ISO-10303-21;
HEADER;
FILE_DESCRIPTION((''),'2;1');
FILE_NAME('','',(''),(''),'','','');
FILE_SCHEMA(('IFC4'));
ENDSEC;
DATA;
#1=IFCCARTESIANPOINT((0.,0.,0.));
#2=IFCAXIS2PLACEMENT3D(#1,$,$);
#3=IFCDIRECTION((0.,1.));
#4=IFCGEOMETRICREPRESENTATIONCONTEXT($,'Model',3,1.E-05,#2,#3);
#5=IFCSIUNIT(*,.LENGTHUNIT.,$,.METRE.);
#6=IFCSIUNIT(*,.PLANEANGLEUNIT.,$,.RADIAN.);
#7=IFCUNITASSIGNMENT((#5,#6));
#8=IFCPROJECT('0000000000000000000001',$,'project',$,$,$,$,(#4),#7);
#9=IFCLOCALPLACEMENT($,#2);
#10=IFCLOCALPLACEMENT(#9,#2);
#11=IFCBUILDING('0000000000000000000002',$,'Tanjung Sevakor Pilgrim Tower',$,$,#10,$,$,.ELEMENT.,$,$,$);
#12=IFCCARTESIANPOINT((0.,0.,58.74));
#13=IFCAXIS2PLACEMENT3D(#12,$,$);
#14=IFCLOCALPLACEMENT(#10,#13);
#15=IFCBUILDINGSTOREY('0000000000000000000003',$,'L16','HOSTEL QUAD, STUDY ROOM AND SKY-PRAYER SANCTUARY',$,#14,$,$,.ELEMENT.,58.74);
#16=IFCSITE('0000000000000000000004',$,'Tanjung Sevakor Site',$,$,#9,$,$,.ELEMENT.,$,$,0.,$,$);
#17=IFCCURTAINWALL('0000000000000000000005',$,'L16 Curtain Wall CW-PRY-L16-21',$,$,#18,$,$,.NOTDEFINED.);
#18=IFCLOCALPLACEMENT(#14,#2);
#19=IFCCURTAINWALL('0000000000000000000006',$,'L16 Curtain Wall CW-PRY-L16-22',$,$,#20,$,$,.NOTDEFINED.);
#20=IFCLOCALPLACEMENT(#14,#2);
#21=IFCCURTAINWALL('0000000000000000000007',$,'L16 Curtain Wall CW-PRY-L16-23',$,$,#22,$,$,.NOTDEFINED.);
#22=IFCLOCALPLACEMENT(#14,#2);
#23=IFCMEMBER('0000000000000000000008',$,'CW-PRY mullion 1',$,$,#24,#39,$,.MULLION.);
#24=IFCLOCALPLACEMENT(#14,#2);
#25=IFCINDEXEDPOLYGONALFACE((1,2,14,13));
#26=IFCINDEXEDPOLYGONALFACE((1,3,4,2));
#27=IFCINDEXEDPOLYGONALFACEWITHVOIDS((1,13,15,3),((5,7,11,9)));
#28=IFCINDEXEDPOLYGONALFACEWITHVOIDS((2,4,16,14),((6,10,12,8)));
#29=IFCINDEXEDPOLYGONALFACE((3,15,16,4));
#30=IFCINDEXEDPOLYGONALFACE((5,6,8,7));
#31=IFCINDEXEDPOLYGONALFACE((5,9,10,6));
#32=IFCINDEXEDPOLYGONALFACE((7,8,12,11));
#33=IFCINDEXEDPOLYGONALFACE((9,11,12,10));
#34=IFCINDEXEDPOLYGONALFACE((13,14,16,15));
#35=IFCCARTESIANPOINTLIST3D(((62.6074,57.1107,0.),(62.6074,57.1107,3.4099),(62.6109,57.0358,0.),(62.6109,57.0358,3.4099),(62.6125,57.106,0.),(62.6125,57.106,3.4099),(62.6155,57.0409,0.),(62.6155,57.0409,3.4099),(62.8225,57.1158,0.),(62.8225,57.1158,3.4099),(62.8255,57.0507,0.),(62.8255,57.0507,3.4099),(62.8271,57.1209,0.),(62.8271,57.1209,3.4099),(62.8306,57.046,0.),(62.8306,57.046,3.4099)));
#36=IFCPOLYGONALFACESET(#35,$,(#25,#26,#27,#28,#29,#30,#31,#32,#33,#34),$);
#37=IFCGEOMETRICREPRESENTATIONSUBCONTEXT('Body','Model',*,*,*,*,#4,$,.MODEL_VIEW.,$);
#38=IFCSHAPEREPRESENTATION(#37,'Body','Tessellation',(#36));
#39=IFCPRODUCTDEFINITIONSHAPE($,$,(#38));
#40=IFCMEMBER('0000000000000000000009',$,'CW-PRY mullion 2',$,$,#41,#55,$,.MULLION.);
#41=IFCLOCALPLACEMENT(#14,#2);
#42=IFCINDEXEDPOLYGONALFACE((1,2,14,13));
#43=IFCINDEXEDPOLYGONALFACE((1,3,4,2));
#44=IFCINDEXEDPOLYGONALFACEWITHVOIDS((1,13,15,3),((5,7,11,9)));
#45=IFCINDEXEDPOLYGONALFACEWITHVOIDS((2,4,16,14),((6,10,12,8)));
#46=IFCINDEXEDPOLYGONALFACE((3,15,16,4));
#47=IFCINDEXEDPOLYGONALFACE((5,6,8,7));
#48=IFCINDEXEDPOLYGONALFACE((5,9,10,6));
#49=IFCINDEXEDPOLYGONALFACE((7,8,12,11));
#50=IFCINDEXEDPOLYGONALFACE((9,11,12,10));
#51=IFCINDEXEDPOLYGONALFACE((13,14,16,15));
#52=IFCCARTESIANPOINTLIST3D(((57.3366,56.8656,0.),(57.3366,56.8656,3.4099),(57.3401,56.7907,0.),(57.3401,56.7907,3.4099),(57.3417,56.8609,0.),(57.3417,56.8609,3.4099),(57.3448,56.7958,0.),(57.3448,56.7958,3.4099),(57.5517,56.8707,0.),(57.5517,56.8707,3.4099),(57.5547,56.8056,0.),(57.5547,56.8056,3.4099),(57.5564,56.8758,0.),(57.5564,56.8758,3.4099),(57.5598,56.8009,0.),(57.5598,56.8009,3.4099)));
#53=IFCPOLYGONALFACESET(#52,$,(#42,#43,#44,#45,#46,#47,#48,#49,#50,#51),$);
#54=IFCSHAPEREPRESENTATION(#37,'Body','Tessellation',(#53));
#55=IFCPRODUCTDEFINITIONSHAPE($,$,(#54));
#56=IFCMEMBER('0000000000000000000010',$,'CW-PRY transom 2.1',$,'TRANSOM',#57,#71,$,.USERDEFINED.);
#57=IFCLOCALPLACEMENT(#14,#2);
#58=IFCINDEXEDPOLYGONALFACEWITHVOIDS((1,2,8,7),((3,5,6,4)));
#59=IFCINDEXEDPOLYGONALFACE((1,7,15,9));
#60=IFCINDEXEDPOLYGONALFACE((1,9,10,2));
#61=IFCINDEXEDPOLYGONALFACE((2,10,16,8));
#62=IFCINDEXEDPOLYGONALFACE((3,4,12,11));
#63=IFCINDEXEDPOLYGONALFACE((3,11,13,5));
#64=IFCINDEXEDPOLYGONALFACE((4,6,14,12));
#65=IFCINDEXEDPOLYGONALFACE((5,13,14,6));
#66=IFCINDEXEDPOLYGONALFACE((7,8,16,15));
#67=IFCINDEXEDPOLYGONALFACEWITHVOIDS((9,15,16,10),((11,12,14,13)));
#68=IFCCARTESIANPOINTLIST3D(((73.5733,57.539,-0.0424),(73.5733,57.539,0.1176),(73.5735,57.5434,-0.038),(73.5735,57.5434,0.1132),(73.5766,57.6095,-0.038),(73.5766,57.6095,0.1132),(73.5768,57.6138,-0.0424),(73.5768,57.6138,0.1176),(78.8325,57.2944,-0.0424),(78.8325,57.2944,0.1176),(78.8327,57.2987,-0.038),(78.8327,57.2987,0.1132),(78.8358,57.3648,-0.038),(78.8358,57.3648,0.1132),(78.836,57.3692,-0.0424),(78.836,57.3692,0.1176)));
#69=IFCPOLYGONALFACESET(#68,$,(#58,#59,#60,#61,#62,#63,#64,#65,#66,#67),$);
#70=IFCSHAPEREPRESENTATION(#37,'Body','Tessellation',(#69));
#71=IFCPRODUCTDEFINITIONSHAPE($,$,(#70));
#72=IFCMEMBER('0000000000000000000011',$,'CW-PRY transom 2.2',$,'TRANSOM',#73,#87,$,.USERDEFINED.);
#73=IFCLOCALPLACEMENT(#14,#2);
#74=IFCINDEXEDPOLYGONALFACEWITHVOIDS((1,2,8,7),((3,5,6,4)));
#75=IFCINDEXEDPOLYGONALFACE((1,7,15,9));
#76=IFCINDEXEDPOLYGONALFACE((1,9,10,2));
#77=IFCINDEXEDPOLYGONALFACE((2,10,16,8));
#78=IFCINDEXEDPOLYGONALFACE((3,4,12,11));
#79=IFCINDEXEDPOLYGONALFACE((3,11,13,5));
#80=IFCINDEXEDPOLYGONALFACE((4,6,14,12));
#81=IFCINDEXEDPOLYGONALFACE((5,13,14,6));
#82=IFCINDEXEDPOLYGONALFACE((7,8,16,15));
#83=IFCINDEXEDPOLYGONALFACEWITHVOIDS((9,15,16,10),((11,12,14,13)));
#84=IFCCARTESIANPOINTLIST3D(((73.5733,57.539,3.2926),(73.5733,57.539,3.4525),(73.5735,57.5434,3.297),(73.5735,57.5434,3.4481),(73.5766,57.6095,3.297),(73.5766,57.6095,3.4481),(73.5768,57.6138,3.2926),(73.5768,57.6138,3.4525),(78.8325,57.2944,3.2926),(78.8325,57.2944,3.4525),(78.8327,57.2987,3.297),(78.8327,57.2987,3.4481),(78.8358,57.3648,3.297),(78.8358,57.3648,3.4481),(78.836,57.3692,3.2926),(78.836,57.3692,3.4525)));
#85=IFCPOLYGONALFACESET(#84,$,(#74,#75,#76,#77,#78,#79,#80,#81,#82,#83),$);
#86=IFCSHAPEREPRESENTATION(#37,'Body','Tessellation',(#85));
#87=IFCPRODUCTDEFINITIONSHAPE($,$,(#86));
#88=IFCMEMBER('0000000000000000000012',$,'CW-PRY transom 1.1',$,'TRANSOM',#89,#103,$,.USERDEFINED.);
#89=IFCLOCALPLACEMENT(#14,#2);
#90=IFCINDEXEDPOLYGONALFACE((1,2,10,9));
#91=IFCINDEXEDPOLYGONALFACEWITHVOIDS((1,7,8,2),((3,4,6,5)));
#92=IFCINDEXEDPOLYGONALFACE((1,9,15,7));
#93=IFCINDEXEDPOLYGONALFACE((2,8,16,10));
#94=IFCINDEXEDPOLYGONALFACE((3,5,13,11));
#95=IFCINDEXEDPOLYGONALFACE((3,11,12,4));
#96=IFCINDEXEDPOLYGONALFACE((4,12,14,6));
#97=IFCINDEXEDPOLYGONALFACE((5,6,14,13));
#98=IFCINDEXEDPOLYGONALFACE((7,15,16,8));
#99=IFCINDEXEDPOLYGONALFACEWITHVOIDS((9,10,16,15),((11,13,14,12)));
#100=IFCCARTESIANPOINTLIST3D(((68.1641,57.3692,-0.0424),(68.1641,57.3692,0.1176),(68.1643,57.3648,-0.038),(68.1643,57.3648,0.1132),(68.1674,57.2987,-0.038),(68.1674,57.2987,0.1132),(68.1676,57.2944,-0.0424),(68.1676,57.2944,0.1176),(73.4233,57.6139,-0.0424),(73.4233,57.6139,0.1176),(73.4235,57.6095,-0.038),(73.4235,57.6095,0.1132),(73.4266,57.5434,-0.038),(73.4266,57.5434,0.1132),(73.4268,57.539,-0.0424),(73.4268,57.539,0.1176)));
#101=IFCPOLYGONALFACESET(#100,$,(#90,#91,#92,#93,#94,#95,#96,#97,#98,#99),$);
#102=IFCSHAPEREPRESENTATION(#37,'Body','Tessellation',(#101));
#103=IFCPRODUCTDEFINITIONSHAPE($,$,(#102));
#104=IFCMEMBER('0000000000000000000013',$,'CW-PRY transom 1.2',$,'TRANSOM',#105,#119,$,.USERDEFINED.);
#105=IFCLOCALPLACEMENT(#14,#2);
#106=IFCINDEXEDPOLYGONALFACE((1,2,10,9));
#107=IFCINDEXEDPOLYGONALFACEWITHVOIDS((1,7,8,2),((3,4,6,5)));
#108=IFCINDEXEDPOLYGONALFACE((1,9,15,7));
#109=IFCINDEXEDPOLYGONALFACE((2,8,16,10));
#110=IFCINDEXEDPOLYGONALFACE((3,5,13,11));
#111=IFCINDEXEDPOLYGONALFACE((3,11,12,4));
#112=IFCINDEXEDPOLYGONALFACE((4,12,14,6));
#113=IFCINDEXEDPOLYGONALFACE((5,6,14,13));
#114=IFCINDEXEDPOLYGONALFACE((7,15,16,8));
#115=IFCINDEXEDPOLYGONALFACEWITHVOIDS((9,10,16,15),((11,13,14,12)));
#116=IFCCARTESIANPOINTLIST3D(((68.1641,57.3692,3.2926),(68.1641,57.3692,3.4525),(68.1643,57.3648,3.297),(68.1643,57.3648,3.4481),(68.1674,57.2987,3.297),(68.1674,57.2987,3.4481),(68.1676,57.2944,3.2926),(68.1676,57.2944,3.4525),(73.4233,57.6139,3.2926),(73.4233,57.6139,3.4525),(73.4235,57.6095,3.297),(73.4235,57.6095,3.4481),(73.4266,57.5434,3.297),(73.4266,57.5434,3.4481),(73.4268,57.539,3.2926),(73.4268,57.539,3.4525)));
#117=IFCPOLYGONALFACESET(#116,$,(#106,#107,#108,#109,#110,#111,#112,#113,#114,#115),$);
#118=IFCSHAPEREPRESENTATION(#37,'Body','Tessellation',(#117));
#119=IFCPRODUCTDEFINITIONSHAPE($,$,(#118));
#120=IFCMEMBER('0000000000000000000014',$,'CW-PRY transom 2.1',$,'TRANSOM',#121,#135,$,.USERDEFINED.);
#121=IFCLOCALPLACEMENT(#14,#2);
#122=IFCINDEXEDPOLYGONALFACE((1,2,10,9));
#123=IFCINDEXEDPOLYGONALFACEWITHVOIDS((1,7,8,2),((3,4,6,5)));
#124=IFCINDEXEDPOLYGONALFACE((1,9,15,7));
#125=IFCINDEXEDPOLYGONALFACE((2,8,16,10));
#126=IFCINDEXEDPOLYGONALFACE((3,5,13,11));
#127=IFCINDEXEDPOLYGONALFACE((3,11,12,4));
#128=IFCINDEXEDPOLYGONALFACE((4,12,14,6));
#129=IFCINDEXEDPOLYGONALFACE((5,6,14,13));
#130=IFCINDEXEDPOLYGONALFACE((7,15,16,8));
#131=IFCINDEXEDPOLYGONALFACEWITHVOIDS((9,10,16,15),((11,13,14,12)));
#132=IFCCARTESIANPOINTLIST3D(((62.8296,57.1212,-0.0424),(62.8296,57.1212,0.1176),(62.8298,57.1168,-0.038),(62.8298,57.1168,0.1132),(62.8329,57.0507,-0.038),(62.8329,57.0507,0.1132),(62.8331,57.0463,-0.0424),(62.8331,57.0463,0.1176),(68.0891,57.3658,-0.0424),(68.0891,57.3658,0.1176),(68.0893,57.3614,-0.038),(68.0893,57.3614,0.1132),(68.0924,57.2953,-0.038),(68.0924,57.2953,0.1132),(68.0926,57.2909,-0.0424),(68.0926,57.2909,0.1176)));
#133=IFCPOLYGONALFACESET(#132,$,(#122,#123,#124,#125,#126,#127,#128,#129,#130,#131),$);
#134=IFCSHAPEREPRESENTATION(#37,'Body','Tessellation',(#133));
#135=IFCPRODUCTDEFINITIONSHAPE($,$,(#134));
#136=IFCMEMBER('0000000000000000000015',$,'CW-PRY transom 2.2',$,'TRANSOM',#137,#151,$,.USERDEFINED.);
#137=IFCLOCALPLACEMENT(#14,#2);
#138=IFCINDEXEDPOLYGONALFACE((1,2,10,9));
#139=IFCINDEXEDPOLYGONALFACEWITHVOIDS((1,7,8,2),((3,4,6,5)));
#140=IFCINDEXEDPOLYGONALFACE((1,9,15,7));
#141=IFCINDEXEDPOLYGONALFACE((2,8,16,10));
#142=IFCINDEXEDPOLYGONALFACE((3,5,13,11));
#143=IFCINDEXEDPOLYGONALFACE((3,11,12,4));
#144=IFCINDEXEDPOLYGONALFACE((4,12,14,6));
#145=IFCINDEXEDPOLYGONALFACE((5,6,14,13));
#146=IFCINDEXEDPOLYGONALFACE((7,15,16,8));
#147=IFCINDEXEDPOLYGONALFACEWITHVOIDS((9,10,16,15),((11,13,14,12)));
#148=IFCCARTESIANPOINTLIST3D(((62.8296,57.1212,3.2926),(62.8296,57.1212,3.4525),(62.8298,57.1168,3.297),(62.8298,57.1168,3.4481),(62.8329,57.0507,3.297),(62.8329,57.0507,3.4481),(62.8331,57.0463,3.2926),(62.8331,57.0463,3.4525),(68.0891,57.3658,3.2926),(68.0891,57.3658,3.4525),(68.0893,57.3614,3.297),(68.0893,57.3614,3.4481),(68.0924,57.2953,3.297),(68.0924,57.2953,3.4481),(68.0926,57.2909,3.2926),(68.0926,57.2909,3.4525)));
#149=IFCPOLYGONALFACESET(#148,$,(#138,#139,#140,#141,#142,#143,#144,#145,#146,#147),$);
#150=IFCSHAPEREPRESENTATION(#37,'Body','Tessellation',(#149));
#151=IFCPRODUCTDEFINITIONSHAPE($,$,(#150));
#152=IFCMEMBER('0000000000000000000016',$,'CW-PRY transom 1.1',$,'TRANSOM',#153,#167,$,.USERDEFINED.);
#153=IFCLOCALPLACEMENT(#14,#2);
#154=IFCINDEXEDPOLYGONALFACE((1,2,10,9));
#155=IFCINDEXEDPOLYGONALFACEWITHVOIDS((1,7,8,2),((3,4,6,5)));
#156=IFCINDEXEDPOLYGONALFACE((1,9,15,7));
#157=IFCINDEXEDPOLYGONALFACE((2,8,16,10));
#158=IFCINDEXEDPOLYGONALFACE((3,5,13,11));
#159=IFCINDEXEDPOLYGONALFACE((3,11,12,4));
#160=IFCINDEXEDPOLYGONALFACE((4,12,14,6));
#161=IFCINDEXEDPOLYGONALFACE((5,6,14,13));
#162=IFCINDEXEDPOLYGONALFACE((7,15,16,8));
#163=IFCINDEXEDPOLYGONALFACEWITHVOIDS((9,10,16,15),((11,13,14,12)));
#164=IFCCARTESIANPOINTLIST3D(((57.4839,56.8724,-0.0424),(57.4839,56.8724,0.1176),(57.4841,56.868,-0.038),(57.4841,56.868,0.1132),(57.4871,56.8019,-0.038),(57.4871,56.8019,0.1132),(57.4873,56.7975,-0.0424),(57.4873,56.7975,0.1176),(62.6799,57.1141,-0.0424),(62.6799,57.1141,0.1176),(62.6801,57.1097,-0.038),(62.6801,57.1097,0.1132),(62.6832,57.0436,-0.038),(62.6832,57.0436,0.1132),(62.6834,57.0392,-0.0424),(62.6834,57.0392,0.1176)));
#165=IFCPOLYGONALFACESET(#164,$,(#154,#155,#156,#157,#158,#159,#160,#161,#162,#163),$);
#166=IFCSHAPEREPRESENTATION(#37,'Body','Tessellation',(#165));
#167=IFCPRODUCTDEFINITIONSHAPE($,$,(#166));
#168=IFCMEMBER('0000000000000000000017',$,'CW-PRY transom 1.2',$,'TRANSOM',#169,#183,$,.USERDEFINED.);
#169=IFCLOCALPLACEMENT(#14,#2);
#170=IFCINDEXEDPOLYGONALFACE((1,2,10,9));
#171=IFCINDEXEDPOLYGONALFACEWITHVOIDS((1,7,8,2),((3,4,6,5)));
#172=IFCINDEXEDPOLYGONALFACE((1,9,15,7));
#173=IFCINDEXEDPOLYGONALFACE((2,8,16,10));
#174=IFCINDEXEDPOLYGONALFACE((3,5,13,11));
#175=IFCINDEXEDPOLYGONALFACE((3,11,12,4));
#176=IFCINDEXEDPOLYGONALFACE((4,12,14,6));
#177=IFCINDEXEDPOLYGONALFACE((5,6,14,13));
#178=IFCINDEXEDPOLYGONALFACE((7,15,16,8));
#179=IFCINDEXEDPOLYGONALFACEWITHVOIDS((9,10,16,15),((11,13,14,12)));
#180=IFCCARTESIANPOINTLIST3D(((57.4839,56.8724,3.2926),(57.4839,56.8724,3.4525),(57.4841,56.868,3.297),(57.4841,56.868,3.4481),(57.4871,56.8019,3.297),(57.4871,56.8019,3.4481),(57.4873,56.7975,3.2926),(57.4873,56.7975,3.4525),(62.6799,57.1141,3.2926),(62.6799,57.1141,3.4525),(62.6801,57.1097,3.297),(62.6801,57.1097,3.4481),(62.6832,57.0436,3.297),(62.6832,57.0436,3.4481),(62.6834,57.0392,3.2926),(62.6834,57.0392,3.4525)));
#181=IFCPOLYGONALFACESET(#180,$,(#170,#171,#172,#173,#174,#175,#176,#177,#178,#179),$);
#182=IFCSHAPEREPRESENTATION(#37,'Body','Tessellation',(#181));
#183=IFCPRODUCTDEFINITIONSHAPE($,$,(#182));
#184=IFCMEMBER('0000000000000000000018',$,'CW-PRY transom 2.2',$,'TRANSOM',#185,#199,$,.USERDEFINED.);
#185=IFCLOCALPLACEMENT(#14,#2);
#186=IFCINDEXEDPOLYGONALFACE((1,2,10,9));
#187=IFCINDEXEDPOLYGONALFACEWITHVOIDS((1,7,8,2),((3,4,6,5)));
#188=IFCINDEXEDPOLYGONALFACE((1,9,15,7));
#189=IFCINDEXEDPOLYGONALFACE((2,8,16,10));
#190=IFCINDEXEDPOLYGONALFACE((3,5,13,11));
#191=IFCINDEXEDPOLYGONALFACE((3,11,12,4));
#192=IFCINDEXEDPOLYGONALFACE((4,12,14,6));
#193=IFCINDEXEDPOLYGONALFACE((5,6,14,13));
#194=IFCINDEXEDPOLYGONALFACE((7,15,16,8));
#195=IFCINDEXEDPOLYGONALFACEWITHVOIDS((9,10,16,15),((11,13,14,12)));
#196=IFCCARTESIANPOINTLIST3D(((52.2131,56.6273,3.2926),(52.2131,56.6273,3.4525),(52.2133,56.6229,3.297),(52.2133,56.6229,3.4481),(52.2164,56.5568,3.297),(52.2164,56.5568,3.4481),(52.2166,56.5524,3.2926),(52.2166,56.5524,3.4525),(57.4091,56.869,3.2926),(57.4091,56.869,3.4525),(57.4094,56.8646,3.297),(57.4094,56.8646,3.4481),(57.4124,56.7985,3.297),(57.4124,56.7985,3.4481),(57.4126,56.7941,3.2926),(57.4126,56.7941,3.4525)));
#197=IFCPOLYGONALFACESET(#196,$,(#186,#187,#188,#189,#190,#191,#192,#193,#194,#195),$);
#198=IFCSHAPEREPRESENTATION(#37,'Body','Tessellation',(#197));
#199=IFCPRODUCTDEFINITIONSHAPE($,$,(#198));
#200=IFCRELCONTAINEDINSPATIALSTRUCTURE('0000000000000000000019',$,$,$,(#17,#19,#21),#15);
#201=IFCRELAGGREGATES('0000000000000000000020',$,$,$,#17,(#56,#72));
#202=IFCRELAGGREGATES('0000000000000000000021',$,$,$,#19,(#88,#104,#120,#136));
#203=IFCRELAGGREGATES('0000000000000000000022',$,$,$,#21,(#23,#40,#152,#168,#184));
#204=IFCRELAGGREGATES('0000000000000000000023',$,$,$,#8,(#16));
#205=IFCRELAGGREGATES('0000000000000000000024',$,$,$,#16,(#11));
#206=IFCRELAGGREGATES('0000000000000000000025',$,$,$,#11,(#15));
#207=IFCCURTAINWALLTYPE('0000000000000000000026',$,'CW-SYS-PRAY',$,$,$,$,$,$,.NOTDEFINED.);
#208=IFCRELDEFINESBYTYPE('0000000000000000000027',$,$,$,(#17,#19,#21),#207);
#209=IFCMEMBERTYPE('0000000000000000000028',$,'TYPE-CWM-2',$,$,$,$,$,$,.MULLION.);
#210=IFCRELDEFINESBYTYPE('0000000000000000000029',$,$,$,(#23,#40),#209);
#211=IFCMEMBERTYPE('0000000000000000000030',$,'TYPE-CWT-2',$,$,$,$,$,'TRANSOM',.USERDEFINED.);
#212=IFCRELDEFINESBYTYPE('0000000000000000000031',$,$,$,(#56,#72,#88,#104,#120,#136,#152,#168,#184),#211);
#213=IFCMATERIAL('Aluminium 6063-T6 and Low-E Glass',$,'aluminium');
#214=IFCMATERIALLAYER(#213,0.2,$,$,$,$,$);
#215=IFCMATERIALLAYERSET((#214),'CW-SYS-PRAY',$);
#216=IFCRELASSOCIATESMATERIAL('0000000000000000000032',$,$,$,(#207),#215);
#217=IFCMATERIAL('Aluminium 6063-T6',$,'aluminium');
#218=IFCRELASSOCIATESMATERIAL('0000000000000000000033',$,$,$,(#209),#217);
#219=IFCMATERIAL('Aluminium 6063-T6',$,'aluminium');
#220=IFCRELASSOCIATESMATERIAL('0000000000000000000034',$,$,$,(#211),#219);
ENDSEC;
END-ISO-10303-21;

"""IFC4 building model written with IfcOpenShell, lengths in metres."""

from ifc_helpers import new_model, si_unit, direction, frame, origin, origin_2d, place, context, subcontext, project, spatial, hollow_rectangle, extrude, material, layer, layer_set, material_profile, profile_set, type_object, element, aggregate, save


model = new_model("IFC4")

# Units and contexts
model_context = context("Model", 3, precision=1e-05, world=origin(), true_north=direction((0.0, 1.0)))
body_context = subcontext(model_context, "Body", "Model", "MODEL_VIEW")
ifc_project = project(units=[si_unit("LENGTHUNIT", "METRE"), si_unit("PLANEANGLEUNIT", "RADIAN")], contexts=[model_context])

# Site, building, storey
site_placement = place(None, origin())
site = spatial("IfcSite", under=ifc_project, at=site_placement, Name="Tanjung Sevakor Site", CompositionType="ELEMENT", RefElevation=0.0)
building_placement = place(site_placement, origin())
building = spatial("IfcBuilding", under=site, at=building_placement, Name="Tanjung Sevakor Pilgrim Tower", CompositionType="ELEMENT")
storey_placement = place(building_placement, frame((0.0, 0.0, 58.74)))
storey = spatial("IfcBuildingStorey", under=building, at=storey_placement, Name="L16", Description="HOSTEL QUAD, STUDY ROOM AND SKY-PRAYER SANCTUARY", CompositionType="ELEMENT", Elevation=58.74)

# Curtain walls, members
ifc_material_1 = material(Name="Aluminium 6063-T6 and Low-E Glass", Category="aluminium")
ifc_layer_1 = layer(ifc_material_1, 0.2)
ifc_layer_set_1 = layer_set([ifc_layer_1], Name="CW-SYS-PRAY")
curtain_wall_type = type_object("IfcCurtainWallType", Name="CW-SYS-PRAY", PredefinedType="NOTDEFINED", material=ifc_layer_set_1)
curtain_wall_1_placement = place(storey_placement, origin())
curtain_wall_1 = element("IfcCurtainWall", 1, at=curtain_wall_1_placement, inside=storey, type_object=curtain_wall_type, Name="L16 Curtain Wall CW-PRY-L16-21", PredefinedType="NOTDEFINED")
ifc_material_2 = material(Name="Aluminium 6063-T6", Category="aluminium")
ifc_material_profile_1 = material_profile(ifc_material_2, hollow_rectangle(XDim=0.075, YDim=0.22, WallThickness=0.0049, at=origin_2d()))
ifc_profile_set_1 = profile_set([ifc_material_profile_1], Name="Aluminium 6063-T6")
member_type_1 = type_object("IfcMemberType", Name="TYPE-CWM-2", PredefinedType="MULLION", material=ifc_profile_set_1)
curtain_wall_2_placement = place(storey_placement, origin())
curtain_wall_2 = element("IfcCurtainWall", 2, at=curtain_wall_2_placement, inside=storey, type_object=curtain_wall_type, Name="L16 Curtain Wall CW-PRY-L16-22", PredefinedType="NOTDEFINED")
curtain_wall_3_placement = place(storey_placement, origin())
curtain_wall_3 = element("IfcCurtainWall", 3, at=curtain_wall_3_placement, inside=storey, type_object=curtain_wall_type, Name="L16 Curtain Wall CW-PRY-L16-23", PredefinedType="NOTDEFINED")
member_1_placement = place(storey_placement, frame((62.719, 57.0784, 0.0), z_axis=(0.0, 0.0, 1.0), x_axis=(0.046462, -0.99892, 0.0)))
member_1 = element("IfcMember", 4, at=member_1_placement, type_object=member_type_1, Name="CW-PRY mullion 1", PredefinedType="MULLION", context=body_context, shape_type="SweptSolid", body=[
    extrude(hollow_rectangle(XDim=0.075, YDim=0.22, WallThickness=0.0049, at=origin_2d()), origin(), (0.0, 0.0, 1.0), 3.4099),
])
member_2_placement = place(storey_placement, frame((57.4482, 56.8333, 0.0), z_axis=(0.0, 0.0, 1.0), x_axis=(0.046462, -0.99892, 0.0)))
member_2 = element("IfcMember", 5, at=member_2_placement, type_object=member_type_1, Name="CW-PRY mullion 2", PredefinedType="MULLION", context=body_context, shape_type="SweptSolid", body=[
    extrude(hollow_rectangle(XDim=0.075, YDim=0.22, WallThickness=0.0049, at=origin_2d()), origin(), (0.0, 0.0, 1.0), 3.4099),
])

# Members
ifc_material_3 = material(Name="Aluminium 6063-T6", Category="aluminium")
ifc_material_profile_2 = material_profile(ifc_material_3, hollow_rectangle(XDim=0.075, YDim=0.1599, WallThickness=0.0044, at=origin_2d()))
ifc_profile_set_2 = profile_set([ifc_material_profile_2], Name="Aluminium 6063-T6")
member_type_2 = type_object("IfcMemberType", Name="TYPE-CWT-2", ElementType="TRANSOM", PredefinedType="USERDEFINED", material=ifc_profile_set_2)
member_3_placement = place(storey_placement, frame((78.8342, 57.3318, 0.0376), z_axis=(-0.99892, 0.046464, 0.0), x_axis=(-0.046464, -0.99892, 0.0)))
member_3 = element("IfcMember", 6, at=member_3_placement, type_object=member_type_2, Name="CW-PRY transom 2.1", ObjectType="TRANSOM", PredefinedType="USERDEFINED", context=body_context, shape_type="SweptSolid", body=[
    extrude(hollow_rectangle(XDim=0.075, YDim=0.1599, WallThickness=0.0044, at=origin_2d()), origin(), (0.0, 0.0, 1.0), 5.2649),
])
member_4_placement = place(storey_placement, frame((78.8342, 57.3318, 3.3726), z_axis=(-0.99892, 0.046464, 0.0), x_axis=(-0.046464, -0.99892, 0.0)))
member_4 = element("IfcMember", 7, at=member_4_placement, type_object=member_type_2, Name="CW-PRY transom 2.2", ObjectType="TRANSOM", PredefinedType="USERDEFINED", context=body_context, shape_type="SweptSolid", body=[
    extrude(hollow_rectangle(XDim=0.075, YDim=0.1599, WallThickness=0.0044, at=origin_2d()), origin(), (0.0, 0.0, 1.0), 5.2649),
])
member_5_placement = place(storey_placement, frame((73.425, 57.5764, 0.0376), z_axis=(-0.99892, -0.046464, 0.0), x_axis=(0.046464, -0.99892, 0.0)))
member_5 = element("IfcMember", 8, at=member_5_placement, type_object=member_type_2, Name="CW-PRY transom 1.1", ObjectType="TRANSOM", PredefinedType="USERDEFINED", context=body_context, shape_type="SweptSolid", body=[
    extrude(hollow_rectangle(XDim=0.075, YDim=0.1599, WallThickness=0.0044, at=origin_2d()), origin(), (0.0, 0.0, 1.0), 5.2649),
])
member_6_placement = place(storey_placement, frame((73.425, 57.5764, 3.3726), z_axis=(-0.99892, -0.046464, 0.0), x_axis=(0.046464, -0.99892, 0.0)))
member_6 = element("IfcMember", 9, at=member_6_placement, type_object=member_type_2, Name="CW-PRY transom 1.2", ObjectType="TRANSOM", PredefinedType="USERDEFINED", context=body_context, shape_type="SweptSolid", body=[
    extrude(hollow_rectangle(XDim=0.075, YDim=0.1599, WallThickness=0.0044, at=origin_2d()), origin(), (0.0, 0.0, 1.0), 5.2649),
])
member_7_placement = place(storey_placement, frame((68.0908, 57.3284, 0.0376), z_axis=(-0.99892, -0.046461, 0.0), x_axis=(0.046461, -0.99892, 0.0)))
member_7 = element("IfcMember", 10, at=member_7_placement, type_object=member_type_2, Name="CW-PRY transom 2.1", ObjectType="TRANSOM", PredefinedType="USERDEFINED", context=body_context, shape_type="SweptSolid", body=[
    extrude(hollow_rectangle(XDim=0.075, YDim=0.1599, WallThickness=0.0044, at=origin_2d()), origin(), (0.0, 0.0, 1.0), 5.2651),
])
member_8_placement = place(storey_placement, frame((68.0908, 57.3284, 3.3726), z_axis=(-0.99892, -0.046461, 0.0), x_axis=(0.046461, -0.99892, 0.0)))
member_8 = element("IfcMember", 11, at=member_8_placement, type_object=member_type_2, Name="CW-PRY transom 2.2", ObjectType="TRANSOM", PredefinedType="USERDEFINED", context=body_context, shape_type="SweptSolid", body=[
    extrude(hollow_rectangle(XDim=0.075, YDim=0.1599, WallThickness=0.0044, at=origin_2d()), origin(), (0.0, 0.0, 1.0), 5.2651),
])
member_9_placement = place(storey_placement, frame((62.6816, 57.0767, 0.0376), z_axis=(-0.99892, -0.046466, 0.0), x_axis=(0.046466, -0.99892, 0.0)))
member_9 = element("IfcMember", 12, at=member_9_placement, type_object=member_type_2, Name="CW-PRY transom 1.1", ObjectType="TRANSOM", PredefinedType="USERDEFINED", context=body_context, shape_type="SweptSolid", body=[
    extrude(hollow_rectangle(XDim=0.075, YDim=0.1599, WallThickness=0.0044, at=origin_2d()), origin(), (0.0, 0.0, 1.0), 5.2017),
])
member_10_placement = place(storey_placement, frame((62.6816, 57.0767, 3.3726), z_axis=(-0.99892, -0.046466, 0.0), x_axis=(0.046466, -0.99892, 0.0)))
member_10 = element("IfcMember", 13, at=member_10_placement, type_object=member_type_2, Name="CW-PRY transom 1.2", ObjectType="TRANSOM", PredefinedType="USERDEFINED", context=body_context, shape_type="SweptSolid", body=[
    extrude(hollow_rectangle(XDim=0.075, YDim=0.1599, WallThickness=0.0044, at=origin_2d()), origin(), (0.0, 0.0, 1.0), 5.2017),
])
member_11_placement = place(storey_placement, frame((57.4109, 56.8315, 3.3726), z_axis=(-0.99892, -0.046466, 0.0), x_axis=(0.046466, -0.99892, 0.0)))
member_11 = element("IfcMember", 14, at=member_11_placement, type_object=member_type_2, Name="CW-PRY transom 2.2", ObjectType="TRANSOM", PredefinedType="USERDEFINED", context=body_context, shape_type="SweptSolid", body=[
    extrude(hollow_rectangle(XDim=0.075, YDim=0.1599, WallThickness=0.0044, at=origin_2d()), origin(), (0.0, 0.0, 1.0), 5.2017),
])

aggregate(curtain_wall_1, [member_3, member_4])
aggregate(curtain_wall_2, [member_5, member_6, member_7, member_8])
aggregate(curtain_wall_3, [member_1, member_2, member_9, member_10, member_11])

save(model, "model.ifc")
